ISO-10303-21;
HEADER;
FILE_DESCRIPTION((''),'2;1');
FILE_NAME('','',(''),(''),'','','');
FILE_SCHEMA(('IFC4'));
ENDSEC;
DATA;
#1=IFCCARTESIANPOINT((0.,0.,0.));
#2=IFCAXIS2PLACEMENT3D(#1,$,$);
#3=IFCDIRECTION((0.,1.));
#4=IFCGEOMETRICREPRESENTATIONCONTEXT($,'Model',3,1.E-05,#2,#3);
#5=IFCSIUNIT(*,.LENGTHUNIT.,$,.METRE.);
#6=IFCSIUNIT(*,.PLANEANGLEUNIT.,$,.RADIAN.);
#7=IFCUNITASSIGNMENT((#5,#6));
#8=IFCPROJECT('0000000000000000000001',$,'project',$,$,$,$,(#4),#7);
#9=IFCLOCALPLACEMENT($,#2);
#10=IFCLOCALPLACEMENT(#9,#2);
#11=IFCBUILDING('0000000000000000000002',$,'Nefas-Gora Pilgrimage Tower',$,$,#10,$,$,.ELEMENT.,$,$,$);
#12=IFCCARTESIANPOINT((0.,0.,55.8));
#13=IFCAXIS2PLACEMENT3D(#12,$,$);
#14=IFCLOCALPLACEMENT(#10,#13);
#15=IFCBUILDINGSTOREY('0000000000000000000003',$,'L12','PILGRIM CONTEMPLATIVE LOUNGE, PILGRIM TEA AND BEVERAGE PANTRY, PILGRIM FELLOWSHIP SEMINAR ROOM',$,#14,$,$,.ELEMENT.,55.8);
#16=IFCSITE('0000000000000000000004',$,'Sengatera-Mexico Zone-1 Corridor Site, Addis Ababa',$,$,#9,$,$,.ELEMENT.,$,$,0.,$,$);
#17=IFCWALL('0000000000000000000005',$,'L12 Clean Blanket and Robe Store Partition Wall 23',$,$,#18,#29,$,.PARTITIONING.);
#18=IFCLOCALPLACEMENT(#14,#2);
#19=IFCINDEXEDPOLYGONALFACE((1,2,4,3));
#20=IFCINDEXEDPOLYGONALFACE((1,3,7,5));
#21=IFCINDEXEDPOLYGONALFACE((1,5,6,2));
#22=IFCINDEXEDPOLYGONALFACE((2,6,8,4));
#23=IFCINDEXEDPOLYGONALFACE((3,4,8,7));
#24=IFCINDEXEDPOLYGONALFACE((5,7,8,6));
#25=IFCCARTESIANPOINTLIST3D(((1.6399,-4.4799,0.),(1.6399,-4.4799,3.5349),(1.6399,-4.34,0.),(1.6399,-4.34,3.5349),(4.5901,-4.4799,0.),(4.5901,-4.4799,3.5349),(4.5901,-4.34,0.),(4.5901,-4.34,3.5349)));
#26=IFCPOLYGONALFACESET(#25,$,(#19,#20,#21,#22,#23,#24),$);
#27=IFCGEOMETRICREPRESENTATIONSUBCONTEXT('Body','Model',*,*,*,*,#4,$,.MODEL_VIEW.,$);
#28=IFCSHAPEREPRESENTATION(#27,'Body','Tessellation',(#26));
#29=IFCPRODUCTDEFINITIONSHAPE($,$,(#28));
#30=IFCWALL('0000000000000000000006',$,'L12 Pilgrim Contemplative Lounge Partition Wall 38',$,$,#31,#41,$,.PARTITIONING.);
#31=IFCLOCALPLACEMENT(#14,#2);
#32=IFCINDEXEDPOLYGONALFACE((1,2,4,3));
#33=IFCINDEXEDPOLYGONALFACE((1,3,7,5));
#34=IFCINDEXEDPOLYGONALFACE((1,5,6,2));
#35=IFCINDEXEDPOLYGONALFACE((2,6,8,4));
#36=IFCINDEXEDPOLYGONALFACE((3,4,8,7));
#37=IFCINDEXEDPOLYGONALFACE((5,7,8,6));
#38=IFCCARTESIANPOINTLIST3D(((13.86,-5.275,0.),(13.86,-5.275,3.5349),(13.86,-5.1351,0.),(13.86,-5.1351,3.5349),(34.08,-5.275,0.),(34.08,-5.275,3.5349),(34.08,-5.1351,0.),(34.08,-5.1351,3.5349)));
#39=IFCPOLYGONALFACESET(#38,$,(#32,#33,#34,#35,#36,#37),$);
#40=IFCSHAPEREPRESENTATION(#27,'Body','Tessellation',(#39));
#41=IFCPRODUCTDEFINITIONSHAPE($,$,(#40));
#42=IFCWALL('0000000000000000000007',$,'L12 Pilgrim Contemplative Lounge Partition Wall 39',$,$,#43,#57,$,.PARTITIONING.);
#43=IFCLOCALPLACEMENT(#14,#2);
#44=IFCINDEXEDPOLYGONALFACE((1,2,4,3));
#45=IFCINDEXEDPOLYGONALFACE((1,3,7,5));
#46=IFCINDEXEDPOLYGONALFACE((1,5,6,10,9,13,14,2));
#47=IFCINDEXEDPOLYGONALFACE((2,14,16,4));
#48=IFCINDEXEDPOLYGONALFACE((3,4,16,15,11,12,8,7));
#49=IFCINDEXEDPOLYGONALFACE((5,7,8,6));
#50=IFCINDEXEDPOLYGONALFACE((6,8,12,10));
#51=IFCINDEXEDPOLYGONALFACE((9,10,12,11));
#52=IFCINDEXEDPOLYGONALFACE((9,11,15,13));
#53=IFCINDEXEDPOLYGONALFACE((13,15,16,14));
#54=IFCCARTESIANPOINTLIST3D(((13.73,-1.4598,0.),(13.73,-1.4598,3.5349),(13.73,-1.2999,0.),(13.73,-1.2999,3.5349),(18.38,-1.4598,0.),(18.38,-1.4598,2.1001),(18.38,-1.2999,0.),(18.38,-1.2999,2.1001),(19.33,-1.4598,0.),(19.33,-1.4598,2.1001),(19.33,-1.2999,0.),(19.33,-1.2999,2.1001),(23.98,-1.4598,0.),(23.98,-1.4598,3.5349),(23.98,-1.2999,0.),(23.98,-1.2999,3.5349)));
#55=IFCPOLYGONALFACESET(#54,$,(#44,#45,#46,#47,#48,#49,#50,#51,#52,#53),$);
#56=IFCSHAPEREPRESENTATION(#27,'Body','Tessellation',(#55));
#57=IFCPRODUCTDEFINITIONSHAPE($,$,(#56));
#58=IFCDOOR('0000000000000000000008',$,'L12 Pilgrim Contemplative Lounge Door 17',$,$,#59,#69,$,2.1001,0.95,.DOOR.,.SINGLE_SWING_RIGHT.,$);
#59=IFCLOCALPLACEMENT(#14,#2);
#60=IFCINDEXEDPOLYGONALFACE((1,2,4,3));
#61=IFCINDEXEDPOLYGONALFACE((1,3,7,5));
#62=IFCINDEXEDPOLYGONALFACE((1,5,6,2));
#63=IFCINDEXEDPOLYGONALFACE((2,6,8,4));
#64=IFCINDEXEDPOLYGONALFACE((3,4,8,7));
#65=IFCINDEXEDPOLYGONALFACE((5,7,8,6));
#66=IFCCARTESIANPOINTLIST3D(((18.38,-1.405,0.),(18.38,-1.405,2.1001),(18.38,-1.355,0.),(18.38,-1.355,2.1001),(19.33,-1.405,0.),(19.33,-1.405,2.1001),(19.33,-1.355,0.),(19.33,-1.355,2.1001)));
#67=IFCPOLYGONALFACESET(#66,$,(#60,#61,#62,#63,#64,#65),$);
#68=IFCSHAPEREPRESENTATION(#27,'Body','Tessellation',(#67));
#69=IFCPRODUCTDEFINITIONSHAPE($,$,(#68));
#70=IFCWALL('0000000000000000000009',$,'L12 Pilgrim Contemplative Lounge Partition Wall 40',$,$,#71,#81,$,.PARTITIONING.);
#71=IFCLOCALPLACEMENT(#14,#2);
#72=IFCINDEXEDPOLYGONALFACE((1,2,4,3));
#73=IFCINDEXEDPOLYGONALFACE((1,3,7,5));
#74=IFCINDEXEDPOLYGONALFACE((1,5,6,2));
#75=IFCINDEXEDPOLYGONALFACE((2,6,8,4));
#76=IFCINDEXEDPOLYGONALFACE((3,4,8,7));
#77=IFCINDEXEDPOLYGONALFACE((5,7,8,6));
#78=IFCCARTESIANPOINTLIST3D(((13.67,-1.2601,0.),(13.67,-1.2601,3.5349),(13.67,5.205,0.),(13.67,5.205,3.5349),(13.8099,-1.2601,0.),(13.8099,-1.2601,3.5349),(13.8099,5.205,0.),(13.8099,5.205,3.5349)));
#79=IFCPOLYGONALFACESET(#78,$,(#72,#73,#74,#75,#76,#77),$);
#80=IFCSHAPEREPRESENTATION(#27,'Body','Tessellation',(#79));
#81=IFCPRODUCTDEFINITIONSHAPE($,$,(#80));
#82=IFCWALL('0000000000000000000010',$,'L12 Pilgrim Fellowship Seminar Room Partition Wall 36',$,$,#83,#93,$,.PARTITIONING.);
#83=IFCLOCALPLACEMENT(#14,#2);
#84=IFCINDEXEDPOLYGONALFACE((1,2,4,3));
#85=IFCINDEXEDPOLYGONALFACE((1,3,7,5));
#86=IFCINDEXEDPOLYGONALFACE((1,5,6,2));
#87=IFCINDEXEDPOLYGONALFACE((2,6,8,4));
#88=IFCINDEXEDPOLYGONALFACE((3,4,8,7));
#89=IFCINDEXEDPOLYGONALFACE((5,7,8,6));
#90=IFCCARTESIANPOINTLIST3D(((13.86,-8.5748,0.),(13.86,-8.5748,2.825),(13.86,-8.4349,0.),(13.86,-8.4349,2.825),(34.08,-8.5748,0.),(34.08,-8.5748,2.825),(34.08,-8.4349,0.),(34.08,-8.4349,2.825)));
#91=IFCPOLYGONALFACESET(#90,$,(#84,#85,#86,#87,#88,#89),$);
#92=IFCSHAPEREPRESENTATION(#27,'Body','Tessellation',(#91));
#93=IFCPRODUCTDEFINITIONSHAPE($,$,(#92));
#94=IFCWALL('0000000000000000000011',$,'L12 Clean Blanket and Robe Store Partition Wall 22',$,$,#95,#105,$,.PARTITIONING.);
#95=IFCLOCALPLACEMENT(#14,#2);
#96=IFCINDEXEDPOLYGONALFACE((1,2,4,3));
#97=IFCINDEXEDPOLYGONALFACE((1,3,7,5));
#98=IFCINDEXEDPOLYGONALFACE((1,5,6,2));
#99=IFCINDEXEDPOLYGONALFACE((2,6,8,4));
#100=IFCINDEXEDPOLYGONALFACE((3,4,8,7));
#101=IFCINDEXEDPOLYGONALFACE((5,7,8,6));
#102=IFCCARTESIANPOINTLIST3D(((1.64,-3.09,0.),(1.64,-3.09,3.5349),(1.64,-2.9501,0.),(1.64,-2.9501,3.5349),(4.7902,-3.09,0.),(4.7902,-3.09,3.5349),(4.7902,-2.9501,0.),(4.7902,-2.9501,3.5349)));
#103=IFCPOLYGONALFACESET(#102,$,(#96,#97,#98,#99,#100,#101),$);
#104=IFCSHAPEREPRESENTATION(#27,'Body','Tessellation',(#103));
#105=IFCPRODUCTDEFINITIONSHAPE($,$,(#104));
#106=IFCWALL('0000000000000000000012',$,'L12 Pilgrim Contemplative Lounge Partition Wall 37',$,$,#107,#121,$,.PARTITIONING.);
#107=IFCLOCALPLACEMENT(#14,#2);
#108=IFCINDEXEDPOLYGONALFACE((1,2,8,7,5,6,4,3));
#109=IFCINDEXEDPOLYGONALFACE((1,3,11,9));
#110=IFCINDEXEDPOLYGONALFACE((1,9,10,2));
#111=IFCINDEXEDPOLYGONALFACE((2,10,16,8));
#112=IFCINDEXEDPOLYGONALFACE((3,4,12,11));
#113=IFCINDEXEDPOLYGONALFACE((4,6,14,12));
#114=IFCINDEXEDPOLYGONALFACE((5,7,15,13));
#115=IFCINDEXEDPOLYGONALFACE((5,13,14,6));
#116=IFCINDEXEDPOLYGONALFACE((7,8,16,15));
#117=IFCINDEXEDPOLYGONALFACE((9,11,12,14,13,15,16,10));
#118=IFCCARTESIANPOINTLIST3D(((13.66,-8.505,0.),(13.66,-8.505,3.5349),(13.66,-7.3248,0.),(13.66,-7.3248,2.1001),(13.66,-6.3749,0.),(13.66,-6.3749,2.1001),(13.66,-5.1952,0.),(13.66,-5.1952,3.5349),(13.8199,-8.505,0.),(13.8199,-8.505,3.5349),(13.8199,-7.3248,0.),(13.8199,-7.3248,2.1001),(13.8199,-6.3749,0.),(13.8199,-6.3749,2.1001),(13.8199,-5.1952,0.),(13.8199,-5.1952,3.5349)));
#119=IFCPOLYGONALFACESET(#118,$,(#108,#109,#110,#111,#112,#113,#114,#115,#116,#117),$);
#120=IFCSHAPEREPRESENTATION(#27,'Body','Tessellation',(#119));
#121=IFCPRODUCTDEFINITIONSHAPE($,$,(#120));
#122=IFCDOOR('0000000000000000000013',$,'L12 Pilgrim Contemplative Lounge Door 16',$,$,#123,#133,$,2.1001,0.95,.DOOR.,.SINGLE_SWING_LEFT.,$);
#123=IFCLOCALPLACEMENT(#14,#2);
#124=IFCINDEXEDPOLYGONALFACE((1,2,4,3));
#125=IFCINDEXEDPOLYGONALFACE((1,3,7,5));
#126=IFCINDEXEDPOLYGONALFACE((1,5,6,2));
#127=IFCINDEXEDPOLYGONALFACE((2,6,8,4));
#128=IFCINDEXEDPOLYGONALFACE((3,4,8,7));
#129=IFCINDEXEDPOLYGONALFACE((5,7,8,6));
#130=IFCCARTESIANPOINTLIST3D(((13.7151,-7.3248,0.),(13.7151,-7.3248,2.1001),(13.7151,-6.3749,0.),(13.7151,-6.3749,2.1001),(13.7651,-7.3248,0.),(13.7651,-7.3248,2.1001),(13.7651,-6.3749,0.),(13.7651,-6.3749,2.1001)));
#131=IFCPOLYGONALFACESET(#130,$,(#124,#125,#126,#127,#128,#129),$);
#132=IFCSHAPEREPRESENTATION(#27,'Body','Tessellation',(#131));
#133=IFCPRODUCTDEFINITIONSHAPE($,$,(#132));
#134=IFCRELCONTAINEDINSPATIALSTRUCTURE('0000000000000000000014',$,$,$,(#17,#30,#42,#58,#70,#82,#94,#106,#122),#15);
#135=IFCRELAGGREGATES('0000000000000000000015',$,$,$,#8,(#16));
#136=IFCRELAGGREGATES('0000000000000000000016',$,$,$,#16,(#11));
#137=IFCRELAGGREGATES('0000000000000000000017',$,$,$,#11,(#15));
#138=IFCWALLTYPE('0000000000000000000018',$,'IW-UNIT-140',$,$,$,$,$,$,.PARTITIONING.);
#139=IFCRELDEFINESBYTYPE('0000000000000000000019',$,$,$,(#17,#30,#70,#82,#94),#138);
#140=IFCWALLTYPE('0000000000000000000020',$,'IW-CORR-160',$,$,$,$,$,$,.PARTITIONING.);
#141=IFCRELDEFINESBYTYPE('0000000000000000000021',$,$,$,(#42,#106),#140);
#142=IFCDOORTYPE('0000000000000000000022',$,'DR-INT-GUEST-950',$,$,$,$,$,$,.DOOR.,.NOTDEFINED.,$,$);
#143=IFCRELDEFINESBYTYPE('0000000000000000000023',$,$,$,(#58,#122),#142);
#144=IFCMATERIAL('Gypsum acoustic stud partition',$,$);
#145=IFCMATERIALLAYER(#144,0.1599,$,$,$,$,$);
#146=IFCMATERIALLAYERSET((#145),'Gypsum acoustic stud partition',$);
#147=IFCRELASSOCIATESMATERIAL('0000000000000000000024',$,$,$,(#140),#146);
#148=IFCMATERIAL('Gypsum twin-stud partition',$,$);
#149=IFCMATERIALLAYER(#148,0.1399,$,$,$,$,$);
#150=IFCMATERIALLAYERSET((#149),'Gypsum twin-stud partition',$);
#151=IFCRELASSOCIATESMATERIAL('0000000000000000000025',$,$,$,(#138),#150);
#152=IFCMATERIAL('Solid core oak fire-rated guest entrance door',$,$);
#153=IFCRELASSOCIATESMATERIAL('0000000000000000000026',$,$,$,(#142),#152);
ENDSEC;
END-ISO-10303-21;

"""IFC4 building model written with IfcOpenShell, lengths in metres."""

from ifc_helpers import new_model, si_unit, direction, frame, frame_2d, origin, place, context, subcontext, project, spatial, rectangle, extrude, source, transform, mapped, material, layer, layer_set, type_object, element, fill, save


model = new_model("IFC4")

# Units and contexts
model_context = context("Model", 3, precision=1e-05, world=origin(), true_north=direction((0.0, 1.0)))
body_context = subcontext(model_context, "Body", "Model", "MODEL_VIEW")
ifc_project = project(units=[si_unit("LENGTHUNIT", "METRE"), si_unit("PLANEANGLEUNIT", "RADIAN")], contexts=[model_context])

# Site, building, storey
site_placement = place(None, origin())
site = spatial("IfcSite", under=ifc_project, at=site_placement, Name="Sengatera-Mexico Zone-1 Corridor Site, Addis Ababa", CompositionType="ELEMENT", RefElevation=0.0)
building_placement = place(site_placement, origin())
building = spatial("IfcBuilding", under=site, at=building_placement, Name="Nefas-Gora Pilgrimage Tower", CompositionType="ELEMENT")
storey_placement = place(building_placement, frame((0.0, 0.0, 55.8)))
storey = spatial("IfcBuildingStorey", under=building, at=storey_placement, Name="L12", Description="PILGRIM CONTEMPLATIVE LOUNGE, PILGRIM TEA AND BEVERAGE PANTRY, PILGRIM FELLOWSHIP SEMINAR ROOM", CompositionType="ELEMENT", Elevation=55.8)

# Shared definitions
ifc_material_1 = material(Name="Gypsum acoustic stud partition")
ifc_layer_1 = layer(ifc_material_1, 0.1599)
ifc_layer_set_1 = layer_set([ifc_layer_1], Name="Gypsum acoustic stud partition")
wall_type_1 = type_object("IfcWallType", Name="IW-CORR-160", PredefinedType="PARTITIONING", material=ifc_layer_set_1)
ifc_material_2 = material(Name="Gypsum twin-stud partition")
ifc_layer_2 = layer(ifc_material_2, 0.1399)
ifc_layer_set_2 = layer_set([ifc_layer_2], Name="Gypsum twin-stud partition")
wall_type_2 = type_object("IfcWallType", Name="IW-UNIT-140", PredefinedType="PARTITIONING", material=ifc_layer_set_2)

# Walls
shared_shape_1 = source(origin(), body_context, "Body", "SweptSolid", [
    extrude(rectangle(XDim=2.9502, YDim=0.1399, at=frame_2d((1.4751, 0.0))), origin(), (0.0, 0.0, 1.0), 3.5349),
])
wall_1_placement = place(storey_placement, frame((1.6399, -4.4099, 0.0), z_axis=(0.0, 0.0, 1.0), x_axis=(1.0, 0.0, 0.0)))
element("IfcWall", 1, at=wall_1_placement, inside=storey, type_object=wall_type_2, Name="L12 Clean Blanket and Robe Store Partition Wall 23", PredefinedType="PARTITIONING", context=body_context, shape_type="MappedRepresentation", body=[
    mapped(shared_shape_1, transform((0.0, 0.0, 0.0), x_axis=(1.0, 0.0, 0.0), y_axis=(0.0, 1.0, 0.0), z_axis=(0.0, 0.0, 1.0), scale=1.0)),
])
shared_shape_2 = source(origin(), body_context, "Body", "SweptSolid", [
    extrude(rectangle(XDim=20.22, YDim=0.1399, at=frame_2d((10.1099, 0.0))), origin(), (0.0, 0.0, 1.0), 3.5349),
])
wall_2_placement = place(storey_placement, frame((13.8601, -5.2051, 0.0), z_axis=(0.0, 0.0, 1.0), x_axis=(1.0, 0.0, 0.0)))
element("IfcWall", 2, at=wall_2_placement, inside=storey, type_object=wall_type_2, Name="L12 Pilgrim Contemplative Lounge Partition Wall 38", PredefinedType="PARTITIONING", context=body_context, shape_type="MappedRepresentation", body=[
    mapped(shared_shape_2, transform((0.0, 0.0, 0.0), x_axis=(1.0, 0.0, 0.0), y_axis=(0.0, 1.0, 0.0), z_axis=(0.0, 0.0, 1.0), scale=1.0)),
])

# Wall, opening, door
shared_shape_3 = source(origin(), body_context, "Body", "SweptSolid", [
    extrude(rectangle(XDim=10.25, YDim=0.1599, at=frame_2d((5.125, 0.0))), origin(), (0.0, 0.0, 1.0), 3.5349),
])
wall_3_placement = place(storey_placement, frame((13.73, -1.3799, 0.0), z_axis=(0.0, 0.0, 1.0), x_axis=(1.0, 0.0, 0.0)))
wall_3 = element("IfcWall", 3, at=wall_3_placement, inside=storey, type_object=wall_type_1, Name="L12 Pilgrim Contemplative Lounge Partition Wall 39", PredefinedType="PARTITIONING", context=body_context, shape_type="MappedRepresentation", body=[
    mapped(shared_shape_3, transform((0.0, 0.0, 0.0), x_axis=(1.0, 0.0, 0.0), y_axis=(0.0, 1.0, 0.0), z_axis=(0.0, 0.0, 1.0), scale=1.0)),
])
opening_1_placement = place(wall_3_placement, frame((4.6499, 0.0, 0.0)))
opening_1 = element("IfcOpeningElement", 4, at=opening_1_placement, cuts=wall_3, PredefinedType="OPENING", context=body_context, shape_type="SweptSolid", body=[
    extrude(rectangle(XDim=0.95, YDim=2.1001, at=frame_2d((0.4751, 1.05))), frame((0.0, 0.0898, 0.0), z_axis=(0.0, -1.0, 0.0), x_axis=(1.0, 0.0, 0.0)), (0.0, 0.0, 1.0), 0.1799),
])
ifc_material_3 = material(Name="Solid core oak fire-rated guest entrance door")
door_type_1 = type_object("IfcDoorType", Name="DR-INT-GUEST-950", OperationType="NOTDEFINED", PredefinedType="DOOR", material=ifc_material_3)
shared_shape_4 = source(origin(), body_context, "Body", "SweptSolid", [
    extrude(rectangle(XDim=0.95, YDim=2.1001, at=frame_2d((0.4751, 1.05))), frame((0.0, 0.0249, 0.0), z_axis=(0.0, -1.0, 0.0), x_axis=(1.0, 0.0, 0.0)), (0.0, 0.0, 1.0), 0.05),
])
door_1_placement = place(opening_1_placement, origin())
door_1 = element("IfcDoor", 5, at=door_1_placement, inside=storey, type_object=door_type_1, Name="L12 Pilgrim Contemplative Lounge Door 17", OperationType="SINGLE_SWING_RIGHT", OverallHeight=2.1001, OverallWidth=0.95, PredefinedType="DOOR", context=body_context, shape_type="MappedRepresentation", body=[
    mapped(shared_shape_4, transform((0.0, 0.0, 0.0), x_axis=(1.0, 0.0, 0.0), y_axis=(0.0, 1.0, 0.0), z_axis=(0.0, 0.0, 1.0), scale=1.0)),
])
fill(opening_1, door_1)

# Walls
shared_shape_5 = source(origin(), body_context, "Body", "SweptSolid", [
    extrude(rectangle(XDim=6.4651, YDim=0.1399, at=frame_2d((3.2324, 0.0))), origin(), (0.0, 0.0, 1.0), 3.5349),
])
wall_4_placement = place(storey_placement, frame((13.74, -1.26, 0.0), z_axis=(0.0, 0.0, 1.0), x_axis=(0.0, 1.0, 0.0)))
element("IfcWall", 6, at=wall_4_placement, inside=storey, type_object=wall_type_2, Name="L12 Pilgrim Contemplative Lounge Partition Wall 40", PredefinedType="PARTITIONING", context=body_context, shape_type="MappedRepresentation", body=[
    mapped(shared_shape_5, transform((0.0, 0.0, 0.0), x_axis=(1.0, 0.0, 0.0), y_axis=(0.0, 1.0, 0.0), z_axis=(0.0, 0.0, 1.0), scale=1.0)),
])
shared_shape_6 = source(origin(), body_context, "Body", "SweptSolid", [
    extrude(rectangle(XDim=20.22, YDim=0.1399, at=frame_2d((10.1099, 0.0))), origin(), (0.0, 0.0, 1.0), 2.825),
])
wall_5_placement = place(storey_placement, frame((13.8601, -8.5049, 0.0), z_axis=(0.0, 0.0, 1.0), x_axis=(1.0, 0.0, 0.0)))
element("IfcWall", 7, at=wall_5_placement, inside=storey, type_object=wall_type_2, Name="L12 Pilgrim Fellowship Seminar Room Partition Wall 36", PredefinedType="PARTITIONING", context=body_context, shape_type="MappedRepresentation", body=[
    mapped(shared_shape_6, transform((0.0, 0.0, 0.0), x_axis=(1.0, 0.0, 0.0), y_axis=(0.0, 1.0, 0.0), z_axis=(0.0, 0.0, 1.0), scale=1.0)),
])
shared_shape_7 = source(origin(), body_context, "Body", "SweptSolid", [
    extrude(rectangle(XDim=3.1501, YDim=0.1399, at=frame_2d((1.5752, 0.0))), origin(), (0.0, 0.0, 1.0), 3.5349),
])
wall_6_placement = place(storey_placement, frame((1.6399, -3.02, 0.0), z_axis=(0.0, 0.0, 1.0), x_axis=(1.0, 0.0, 0.0)))
element("IfcWall", 8, at=wall_6_placement, inside=storey, type_object=wall_type_2, Name="L12 Clean Blanket and Robe Store Partition Wall 22", PredefinedType="PARTITIONING", context=body_context, shape_type="MappedRepresentation", body=[
    mapped(shared_shape_7, transform((0.0, 0.0, 0.0), x_axis=(1.0, 0.0, 0.0), y_axis=(0.0, 1.0, 0.0), z_axis=(0.0, 0.0, 1.0), scale=1.0)),
])

# Wall, opening, door
shared_shape_8 = source(origin(), body_context, "Body", "SweptSolid", [
    extrude(rectangle(XDim=3.3098, YDim=0.1599, at=frame_2d((1.6548, 0.0))), origin(), (0.0, 0.0, 1.0), 3.5349),
])
wall_7_placement = place(storey_placement, frame((13.74, -8.5049, 0.0), z_axis=(0.0, 0.0, 1.0), x_axis=(0.0, 1.0, 0.0)))
wall_7 = element("IfcWall", 9, at=wall_7_placement, inside=storey, type_object=wall_type_1, Name="L12 Pilgrim Contemplative Lounge Partition Wall 37", PredefinedType="PARTITIONING", context=body_context, shape_type="MappedRepresentation", body=[
    mapped(shared_shape_8, transform((0.0, 0.0, 0.0), x_axis=(1.0, 0.0, 0.0), y_axis=(0.0, 1.0, 0.0), z_axis=(0.0, 0.0, 1.0), scale=1.0)),
])
opening_2_placement = place(wall_7_placement, frame((1.1799, 0.0, 0.0)))
opening_2 = element("IfcOpeningElement", 10, at=opening_2_placement, cuts=wall_7, PredefinedType="OPENING", context=body_context, shape_type="SweptSolid", body=[
    extrude(rectangle(XDim=0.95, YDim=2.1001, at=frame_2d((0.4751, 1.05))), frame((0.0, 0.0898, 0.0), z_axis=(0.0, -1.0, 0.0), x_axis=(1.0, 0.0, 0.0)), (0.0, 0.0, 1.0), 0.1799),
])
door_2_placement = place(opening_2_placement, origin())
door_2 = element("IfcDoor", 11, at=door_2_placement, inside=storey, type_object=door_type_1, Name="L12 Pilgrim Contemplative Lounge Door 16", OperationType="SINGLE_SWING_LEFT", OverallHeight=2.1001, OverallWidth=0.95, PredefinedType="DOOR", context=body_context, shape_type="MappedRepresentation", body=[
    mapped(shared_shape_4, transform((0.0, 0.0, 0.0), x_axis=(1.0, 0.0, 0.0), y_axis=(0.0, 1.0, 0.0), z_axis=(0.0, 0.0, 1.0), scale=1.0)),
])
fill(opening_2, door_2)

save(model, "model.ifc")
